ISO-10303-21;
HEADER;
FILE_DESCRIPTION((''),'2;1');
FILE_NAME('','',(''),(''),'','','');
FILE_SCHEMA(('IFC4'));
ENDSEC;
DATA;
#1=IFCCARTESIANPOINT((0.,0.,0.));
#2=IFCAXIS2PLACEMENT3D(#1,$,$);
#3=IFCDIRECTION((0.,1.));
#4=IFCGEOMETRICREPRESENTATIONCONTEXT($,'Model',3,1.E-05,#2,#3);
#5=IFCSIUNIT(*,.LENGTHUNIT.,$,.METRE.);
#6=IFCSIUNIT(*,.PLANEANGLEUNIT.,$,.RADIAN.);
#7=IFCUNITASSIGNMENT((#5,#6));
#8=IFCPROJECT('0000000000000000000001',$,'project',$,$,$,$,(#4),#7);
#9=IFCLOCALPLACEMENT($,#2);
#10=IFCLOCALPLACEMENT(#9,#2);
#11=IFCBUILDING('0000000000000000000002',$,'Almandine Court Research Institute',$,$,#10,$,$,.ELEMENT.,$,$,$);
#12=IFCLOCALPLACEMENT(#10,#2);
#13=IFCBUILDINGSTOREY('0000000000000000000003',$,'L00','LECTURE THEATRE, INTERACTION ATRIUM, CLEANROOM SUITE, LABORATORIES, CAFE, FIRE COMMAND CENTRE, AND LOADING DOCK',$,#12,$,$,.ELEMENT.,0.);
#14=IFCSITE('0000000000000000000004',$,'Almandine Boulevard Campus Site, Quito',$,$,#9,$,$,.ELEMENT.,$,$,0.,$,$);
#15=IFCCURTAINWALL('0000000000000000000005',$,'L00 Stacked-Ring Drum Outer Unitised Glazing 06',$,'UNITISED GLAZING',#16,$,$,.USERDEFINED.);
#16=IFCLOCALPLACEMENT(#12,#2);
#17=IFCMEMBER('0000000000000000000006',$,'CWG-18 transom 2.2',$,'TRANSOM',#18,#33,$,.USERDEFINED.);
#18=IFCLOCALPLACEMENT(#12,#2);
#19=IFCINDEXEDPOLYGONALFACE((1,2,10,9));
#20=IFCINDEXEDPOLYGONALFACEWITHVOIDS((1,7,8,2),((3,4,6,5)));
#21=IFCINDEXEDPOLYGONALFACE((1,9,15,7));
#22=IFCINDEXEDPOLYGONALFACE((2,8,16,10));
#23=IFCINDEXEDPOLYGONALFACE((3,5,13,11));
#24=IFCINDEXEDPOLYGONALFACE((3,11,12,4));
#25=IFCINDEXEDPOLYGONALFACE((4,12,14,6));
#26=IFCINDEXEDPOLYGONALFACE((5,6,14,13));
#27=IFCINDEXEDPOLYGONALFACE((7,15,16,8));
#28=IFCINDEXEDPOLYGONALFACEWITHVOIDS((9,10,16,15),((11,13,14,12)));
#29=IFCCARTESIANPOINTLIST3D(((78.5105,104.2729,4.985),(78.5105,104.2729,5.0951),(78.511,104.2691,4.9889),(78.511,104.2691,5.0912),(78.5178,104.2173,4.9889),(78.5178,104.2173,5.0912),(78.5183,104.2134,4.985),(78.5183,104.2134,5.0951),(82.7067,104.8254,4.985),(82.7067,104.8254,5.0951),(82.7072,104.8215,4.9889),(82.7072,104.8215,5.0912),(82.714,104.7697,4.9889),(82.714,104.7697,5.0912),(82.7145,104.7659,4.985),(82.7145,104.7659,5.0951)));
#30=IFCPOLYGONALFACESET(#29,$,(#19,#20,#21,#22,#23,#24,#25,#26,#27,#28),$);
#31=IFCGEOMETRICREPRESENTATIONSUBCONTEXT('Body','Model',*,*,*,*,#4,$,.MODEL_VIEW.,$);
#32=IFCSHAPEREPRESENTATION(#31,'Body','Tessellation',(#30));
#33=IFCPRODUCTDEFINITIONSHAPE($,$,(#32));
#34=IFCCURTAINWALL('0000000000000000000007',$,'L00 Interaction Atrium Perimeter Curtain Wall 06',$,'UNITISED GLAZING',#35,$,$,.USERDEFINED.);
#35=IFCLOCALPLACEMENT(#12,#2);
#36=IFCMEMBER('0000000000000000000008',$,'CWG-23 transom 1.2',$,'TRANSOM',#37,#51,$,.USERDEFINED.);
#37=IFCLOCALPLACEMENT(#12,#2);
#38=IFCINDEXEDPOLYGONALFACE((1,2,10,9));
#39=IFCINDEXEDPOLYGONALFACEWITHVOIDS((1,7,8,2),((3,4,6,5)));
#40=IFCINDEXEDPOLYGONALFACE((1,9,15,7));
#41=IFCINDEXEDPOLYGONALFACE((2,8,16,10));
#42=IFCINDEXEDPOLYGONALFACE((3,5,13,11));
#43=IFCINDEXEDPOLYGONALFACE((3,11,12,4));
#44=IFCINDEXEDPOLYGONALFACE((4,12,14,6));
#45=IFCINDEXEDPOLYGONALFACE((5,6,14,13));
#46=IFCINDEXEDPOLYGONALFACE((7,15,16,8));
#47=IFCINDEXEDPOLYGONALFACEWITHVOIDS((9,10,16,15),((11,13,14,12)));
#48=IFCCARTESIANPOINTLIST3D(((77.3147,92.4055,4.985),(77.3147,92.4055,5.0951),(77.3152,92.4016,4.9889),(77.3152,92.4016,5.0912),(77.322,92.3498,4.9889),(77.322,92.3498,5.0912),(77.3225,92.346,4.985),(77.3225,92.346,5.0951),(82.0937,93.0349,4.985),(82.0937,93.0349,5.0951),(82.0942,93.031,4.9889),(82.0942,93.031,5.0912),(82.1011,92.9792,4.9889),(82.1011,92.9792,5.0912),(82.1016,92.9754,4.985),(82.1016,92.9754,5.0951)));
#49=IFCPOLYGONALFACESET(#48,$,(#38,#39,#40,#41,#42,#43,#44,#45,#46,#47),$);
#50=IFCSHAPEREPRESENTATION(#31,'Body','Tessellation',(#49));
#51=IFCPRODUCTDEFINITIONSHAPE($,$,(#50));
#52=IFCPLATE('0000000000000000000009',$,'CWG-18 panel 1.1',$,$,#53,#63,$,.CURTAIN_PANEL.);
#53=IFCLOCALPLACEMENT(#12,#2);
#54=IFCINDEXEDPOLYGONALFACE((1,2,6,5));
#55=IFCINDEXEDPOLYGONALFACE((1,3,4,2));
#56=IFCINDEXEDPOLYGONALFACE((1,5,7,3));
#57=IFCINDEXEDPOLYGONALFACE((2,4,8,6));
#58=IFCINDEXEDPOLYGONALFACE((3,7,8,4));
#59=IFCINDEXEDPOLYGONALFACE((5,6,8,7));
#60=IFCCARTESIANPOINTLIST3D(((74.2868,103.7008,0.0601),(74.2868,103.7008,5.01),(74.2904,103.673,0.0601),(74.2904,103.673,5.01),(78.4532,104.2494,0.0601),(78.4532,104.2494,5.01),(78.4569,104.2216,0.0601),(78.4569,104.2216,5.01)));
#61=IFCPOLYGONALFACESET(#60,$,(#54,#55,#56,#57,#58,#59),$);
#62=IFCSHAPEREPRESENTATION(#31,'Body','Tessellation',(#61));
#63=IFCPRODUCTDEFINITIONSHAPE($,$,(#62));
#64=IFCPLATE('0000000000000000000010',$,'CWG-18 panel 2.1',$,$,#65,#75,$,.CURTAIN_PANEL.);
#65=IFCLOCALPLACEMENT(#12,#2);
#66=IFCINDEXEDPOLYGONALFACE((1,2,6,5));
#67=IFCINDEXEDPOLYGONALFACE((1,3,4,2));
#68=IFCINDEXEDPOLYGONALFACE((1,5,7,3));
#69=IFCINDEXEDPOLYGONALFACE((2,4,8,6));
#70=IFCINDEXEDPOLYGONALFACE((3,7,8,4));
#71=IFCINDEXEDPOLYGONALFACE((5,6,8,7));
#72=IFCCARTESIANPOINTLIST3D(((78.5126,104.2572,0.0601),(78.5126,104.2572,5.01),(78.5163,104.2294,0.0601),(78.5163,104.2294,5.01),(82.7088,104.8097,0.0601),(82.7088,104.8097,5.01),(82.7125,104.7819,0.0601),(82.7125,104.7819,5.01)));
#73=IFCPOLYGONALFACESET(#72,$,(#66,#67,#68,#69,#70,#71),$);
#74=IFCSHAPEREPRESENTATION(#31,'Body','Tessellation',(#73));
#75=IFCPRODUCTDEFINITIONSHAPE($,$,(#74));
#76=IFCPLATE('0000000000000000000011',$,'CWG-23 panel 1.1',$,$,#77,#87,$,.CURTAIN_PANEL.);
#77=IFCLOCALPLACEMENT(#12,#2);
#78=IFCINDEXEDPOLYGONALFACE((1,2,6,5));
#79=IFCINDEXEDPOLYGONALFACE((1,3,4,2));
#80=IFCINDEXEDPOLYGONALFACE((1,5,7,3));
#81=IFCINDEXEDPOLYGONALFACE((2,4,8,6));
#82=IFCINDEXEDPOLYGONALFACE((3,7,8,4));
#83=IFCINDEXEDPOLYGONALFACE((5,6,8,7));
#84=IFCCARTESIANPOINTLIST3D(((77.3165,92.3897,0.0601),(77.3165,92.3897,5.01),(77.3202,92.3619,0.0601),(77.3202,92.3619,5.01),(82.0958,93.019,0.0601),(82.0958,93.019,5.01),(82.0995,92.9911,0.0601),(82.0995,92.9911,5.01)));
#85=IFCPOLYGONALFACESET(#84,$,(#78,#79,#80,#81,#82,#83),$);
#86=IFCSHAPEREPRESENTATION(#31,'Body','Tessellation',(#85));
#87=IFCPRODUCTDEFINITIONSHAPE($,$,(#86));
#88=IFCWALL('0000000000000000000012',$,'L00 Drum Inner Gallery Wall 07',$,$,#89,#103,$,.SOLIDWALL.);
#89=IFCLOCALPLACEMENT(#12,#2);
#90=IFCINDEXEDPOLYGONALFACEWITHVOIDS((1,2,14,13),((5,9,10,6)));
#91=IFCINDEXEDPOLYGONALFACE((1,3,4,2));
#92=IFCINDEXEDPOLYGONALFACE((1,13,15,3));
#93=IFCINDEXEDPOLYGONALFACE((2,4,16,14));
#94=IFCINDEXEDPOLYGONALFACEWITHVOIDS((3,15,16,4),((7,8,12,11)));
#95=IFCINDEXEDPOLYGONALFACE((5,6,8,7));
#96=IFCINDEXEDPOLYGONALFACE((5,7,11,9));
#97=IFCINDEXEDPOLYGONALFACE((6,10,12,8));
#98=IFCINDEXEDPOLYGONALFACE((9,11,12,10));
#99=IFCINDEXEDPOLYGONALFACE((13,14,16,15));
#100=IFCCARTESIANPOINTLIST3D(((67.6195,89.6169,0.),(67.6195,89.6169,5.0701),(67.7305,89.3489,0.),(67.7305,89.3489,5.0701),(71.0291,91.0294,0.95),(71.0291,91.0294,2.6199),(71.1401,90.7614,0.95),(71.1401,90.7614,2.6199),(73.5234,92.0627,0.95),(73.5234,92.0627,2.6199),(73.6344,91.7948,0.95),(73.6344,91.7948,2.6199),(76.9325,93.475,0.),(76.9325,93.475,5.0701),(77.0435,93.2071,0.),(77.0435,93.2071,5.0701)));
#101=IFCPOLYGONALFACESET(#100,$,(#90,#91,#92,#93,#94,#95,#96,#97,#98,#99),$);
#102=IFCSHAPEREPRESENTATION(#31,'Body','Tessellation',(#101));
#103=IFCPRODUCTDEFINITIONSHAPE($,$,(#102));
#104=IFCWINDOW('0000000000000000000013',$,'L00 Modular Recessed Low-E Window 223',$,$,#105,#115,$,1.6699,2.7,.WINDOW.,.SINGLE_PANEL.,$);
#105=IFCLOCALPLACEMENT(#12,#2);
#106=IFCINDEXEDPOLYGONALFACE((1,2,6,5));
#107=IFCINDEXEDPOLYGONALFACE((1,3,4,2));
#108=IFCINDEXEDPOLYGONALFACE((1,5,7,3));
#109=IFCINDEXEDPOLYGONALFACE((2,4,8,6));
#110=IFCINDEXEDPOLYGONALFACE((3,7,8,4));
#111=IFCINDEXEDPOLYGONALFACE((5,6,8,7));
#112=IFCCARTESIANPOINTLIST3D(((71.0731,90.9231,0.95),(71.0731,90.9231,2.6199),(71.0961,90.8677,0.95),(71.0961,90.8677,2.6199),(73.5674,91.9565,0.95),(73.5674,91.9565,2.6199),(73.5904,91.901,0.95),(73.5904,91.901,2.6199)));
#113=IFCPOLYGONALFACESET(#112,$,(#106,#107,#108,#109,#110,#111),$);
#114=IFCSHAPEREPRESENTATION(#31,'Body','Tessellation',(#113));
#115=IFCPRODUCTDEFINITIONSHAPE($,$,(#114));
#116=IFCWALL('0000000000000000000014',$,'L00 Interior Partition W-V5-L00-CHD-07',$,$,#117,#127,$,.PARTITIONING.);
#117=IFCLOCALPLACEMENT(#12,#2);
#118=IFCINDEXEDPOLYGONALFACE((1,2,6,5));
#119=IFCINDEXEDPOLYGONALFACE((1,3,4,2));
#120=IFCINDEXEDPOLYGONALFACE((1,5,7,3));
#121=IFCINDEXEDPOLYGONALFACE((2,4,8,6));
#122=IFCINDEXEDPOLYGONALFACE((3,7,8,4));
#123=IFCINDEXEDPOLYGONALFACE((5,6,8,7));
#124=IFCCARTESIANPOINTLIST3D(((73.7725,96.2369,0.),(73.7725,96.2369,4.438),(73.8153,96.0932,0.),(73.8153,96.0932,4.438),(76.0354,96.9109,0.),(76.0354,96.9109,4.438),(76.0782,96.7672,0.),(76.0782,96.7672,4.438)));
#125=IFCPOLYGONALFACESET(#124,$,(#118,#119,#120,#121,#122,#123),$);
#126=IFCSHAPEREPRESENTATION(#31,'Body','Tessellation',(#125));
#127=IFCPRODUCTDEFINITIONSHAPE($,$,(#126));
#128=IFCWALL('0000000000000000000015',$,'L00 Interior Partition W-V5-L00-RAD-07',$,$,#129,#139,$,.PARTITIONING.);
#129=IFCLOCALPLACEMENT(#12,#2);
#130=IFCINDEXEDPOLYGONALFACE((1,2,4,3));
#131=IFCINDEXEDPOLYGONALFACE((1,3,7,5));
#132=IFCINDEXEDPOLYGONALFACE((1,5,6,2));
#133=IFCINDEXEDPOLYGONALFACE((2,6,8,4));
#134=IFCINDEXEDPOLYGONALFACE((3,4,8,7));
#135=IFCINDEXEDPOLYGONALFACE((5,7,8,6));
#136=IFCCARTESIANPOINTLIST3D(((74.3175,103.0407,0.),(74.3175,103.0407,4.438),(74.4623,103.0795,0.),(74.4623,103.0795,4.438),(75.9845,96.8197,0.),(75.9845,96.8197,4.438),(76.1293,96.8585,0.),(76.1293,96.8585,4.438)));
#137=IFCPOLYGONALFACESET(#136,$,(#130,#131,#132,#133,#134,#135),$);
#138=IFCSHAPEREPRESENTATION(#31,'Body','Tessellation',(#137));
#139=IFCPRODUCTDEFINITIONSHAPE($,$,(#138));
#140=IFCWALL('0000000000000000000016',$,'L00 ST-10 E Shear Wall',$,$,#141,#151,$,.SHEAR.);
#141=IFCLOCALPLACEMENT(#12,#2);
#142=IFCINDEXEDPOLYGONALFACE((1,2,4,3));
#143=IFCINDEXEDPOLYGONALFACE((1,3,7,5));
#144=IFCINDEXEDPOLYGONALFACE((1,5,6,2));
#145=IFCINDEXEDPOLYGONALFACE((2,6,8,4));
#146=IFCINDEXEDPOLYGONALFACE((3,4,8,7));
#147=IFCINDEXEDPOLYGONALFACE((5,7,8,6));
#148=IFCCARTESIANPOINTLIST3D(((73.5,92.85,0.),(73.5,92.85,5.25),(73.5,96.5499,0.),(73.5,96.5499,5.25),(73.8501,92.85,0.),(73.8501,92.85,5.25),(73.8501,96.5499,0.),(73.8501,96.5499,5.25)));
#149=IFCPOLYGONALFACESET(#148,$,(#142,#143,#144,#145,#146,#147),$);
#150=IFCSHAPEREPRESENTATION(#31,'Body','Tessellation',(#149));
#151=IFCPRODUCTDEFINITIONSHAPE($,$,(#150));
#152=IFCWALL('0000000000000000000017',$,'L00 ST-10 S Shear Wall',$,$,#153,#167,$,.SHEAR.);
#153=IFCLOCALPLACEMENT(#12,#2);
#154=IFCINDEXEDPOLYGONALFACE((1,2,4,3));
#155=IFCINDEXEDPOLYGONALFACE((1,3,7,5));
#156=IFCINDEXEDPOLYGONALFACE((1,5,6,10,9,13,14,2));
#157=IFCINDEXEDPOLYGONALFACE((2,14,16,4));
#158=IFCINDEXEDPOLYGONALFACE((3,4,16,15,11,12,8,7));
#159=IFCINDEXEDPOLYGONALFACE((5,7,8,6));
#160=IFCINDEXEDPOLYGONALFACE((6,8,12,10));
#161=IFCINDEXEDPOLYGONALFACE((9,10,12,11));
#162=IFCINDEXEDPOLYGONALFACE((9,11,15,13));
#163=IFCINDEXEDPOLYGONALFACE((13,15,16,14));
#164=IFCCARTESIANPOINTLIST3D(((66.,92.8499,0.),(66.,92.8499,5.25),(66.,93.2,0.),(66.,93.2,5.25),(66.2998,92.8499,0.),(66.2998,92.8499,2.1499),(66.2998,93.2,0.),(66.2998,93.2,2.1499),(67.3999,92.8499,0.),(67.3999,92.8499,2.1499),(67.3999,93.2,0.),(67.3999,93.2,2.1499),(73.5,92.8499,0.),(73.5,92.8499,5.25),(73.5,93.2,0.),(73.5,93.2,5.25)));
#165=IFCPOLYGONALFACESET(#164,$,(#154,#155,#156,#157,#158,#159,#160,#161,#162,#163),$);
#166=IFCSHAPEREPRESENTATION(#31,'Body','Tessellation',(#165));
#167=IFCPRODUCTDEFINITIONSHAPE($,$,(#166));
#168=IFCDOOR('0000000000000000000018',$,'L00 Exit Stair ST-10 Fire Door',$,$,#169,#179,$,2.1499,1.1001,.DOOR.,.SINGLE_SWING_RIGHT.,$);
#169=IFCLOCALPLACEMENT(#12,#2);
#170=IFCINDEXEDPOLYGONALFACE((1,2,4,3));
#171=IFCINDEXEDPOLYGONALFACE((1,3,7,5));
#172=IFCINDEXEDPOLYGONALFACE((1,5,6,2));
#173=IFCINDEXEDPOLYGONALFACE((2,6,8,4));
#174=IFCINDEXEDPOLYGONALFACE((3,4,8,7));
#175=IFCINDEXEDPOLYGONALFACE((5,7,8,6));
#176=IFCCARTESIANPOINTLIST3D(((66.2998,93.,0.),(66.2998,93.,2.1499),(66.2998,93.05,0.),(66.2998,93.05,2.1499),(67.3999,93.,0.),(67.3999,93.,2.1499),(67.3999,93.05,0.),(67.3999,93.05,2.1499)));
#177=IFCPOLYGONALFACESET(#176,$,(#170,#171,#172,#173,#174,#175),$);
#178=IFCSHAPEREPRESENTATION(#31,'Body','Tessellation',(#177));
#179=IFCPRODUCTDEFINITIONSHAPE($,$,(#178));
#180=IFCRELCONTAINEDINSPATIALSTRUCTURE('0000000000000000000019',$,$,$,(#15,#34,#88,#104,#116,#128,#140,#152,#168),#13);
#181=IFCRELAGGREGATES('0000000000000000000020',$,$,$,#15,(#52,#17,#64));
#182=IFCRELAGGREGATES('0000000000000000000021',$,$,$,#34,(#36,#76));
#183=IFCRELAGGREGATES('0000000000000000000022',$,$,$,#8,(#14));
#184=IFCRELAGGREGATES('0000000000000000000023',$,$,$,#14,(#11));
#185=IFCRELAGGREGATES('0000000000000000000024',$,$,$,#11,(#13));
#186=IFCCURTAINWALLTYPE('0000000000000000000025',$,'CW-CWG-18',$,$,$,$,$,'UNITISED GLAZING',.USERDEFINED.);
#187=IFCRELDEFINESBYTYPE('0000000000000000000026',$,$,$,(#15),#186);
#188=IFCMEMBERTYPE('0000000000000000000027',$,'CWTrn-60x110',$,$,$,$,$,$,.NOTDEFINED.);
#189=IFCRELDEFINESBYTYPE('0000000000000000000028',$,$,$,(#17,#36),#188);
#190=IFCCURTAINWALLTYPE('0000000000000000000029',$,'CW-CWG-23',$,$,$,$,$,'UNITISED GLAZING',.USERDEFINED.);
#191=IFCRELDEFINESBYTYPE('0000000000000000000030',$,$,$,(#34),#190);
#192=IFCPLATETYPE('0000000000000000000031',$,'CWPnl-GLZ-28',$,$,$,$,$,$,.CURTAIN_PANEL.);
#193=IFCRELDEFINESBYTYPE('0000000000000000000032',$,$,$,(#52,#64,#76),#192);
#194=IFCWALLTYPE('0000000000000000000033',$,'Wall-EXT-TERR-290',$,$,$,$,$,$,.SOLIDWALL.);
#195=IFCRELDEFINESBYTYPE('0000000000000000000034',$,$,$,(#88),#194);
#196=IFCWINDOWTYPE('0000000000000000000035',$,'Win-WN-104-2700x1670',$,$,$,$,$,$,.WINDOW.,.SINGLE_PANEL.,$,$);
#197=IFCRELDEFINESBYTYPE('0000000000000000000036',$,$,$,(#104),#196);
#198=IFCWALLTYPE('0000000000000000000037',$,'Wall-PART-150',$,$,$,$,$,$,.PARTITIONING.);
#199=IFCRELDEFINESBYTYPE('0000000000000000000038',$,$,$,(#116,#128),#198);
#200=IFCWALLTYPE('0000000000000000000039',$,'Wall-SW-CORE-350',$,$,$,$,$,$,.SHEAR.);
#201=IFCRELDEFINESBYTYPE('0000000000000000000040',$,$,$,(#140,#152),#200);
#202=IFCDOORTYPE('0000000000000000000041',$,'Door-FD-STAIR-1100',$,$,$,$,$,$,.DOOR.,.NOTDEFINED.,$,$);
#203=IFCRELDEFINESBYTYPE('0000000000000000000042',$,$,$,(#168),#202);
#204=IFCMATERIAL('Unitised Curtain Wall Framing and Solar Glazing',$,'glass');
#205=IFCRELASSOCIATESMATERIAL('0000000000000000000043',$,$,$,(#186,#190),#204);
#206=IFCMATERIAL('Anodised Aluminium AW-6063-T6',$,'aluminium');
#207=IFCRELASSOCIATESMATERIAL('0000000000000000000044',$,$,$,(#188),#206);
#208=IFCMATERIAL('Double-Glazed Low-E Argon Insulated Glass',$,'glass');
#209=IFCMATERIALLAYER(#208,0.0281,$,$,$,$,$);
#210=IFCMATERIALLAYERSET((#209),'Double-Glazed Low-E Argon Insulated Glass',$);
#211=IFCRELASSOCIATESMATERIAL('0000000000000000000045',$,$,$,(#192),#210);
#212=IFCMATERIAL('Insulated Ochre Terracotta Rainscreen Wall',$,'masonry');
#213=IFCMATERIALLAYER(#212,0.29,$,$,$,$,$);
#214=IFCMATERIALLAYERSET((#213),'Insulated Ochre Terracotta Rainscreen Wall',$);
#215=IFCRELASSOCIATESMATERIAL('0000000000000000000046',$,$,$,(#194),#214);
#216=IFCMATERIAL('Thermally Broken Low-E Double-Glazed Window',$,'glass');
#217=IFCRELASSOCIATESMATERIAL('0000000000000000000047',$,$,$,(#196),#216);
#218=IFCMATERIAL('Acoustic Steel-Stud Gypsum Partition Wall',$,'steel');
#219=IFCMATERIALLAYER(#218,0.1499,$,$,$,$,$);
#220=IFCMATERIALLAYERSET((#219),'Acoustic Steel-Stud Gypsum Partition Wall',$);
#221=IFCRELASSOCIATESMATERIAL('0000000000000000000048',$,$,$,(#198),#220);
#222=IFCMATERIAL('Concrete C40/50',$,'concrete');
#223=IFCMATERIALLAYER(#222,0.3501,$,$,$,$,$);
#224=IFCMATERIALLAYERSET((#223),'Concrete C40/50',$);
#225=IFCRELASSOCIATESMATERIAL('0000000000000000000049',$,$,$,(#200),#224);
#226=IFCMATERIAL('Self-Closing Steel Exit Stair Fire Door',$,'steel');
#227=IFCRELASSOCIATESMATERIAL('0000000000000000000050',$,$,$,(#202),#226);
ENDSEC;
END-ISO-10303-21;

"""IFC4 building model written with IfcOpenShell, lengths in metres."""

from ifc_helpers import new_model, si_unit, direction, frame, frame_2d, origin, origin_2d, place, context, subcontext, project, spatial, rectangle, hollow_rectangle, extrude, material, layer, layer_set, material_profile, profile_set, type_object, element, fill, aggregate, save


model = new_model("IFC4")

# Units and contexts
model_context = context("Model", 3, precision=1e-05, world=origin(), true_north=direction((0.0, 1.0)))
body_context = subcontext(model_context, "Body", "Model", "MODEL_VIEW")
ifc_project = project(units=[si_unit("LENGTHUNIT", "METRE"), si_unit("PLANEANGLEUNIT", "RADIAN")], contexts=[model_context])

# Site, building, storey
site_placement = place(None, origin())
site = spatial("IfcSite", under=ifc_project, at=site_placement, Name="Almandine Boulevard Campus Site, Quito", CompositionType="ELEMENT", RefElevation=0.0)
building_placement = place(site_placement, origin())
building = spatial("IfcBuilding", under=site, at=building_placement, Name="Almandine Court Research Institute", CompositionType="ELEMENT")
storey_placement = place(building_placement, origin())
storey = spatial("IfcBuildingStorey", under=building, at=storey_placement, Name="L00", Description="LECTURE THEATRE, INTERACTION ATRIUM, CLEANROOM SUITE, LABORATORIES, CAFE, FIRE COMMAND CENTRE, AND LOADING DOCK", CompositionType="ELEMENT", Elevation=0.0)

# Curtain wall, member
ifc_material_1 = material(Name="Unitised Curtain Wall Framing and Solar Glazing", Category="glass")
curtain_wall_type_1 = type_object("IfcCurtainWallType", Name="CW-CWG-18", ElementType="UNITISED GLAZING", PredefinedType="USERDEFINED", material=ifc_material_1)
curtain_wall_1_placement = place(storey_placement, origin())
curtain_wall_1 = element("IfcCurtainWall", 1, at=curtain_wall_1_placement, inside=storey, type_object=curtain_wall_type_1, Name="L00 Stacked-Ring Drum Outer Unitised Glazing 06", ObjectType="UNITISED GLAZING", PredefinedType="USERDEFINED")
ifc_material_2 = material(Name="Anodised Aluminium AW-6063-T6", Category="aluminium")
ifc_material_profile_1 = material_profile(ifc_material_2, hollow_rectangle(XDim=0.0601, YDim=0.1101, WallThickness=0.0039, at=origin_2d()), Name="ALU RHS 60x110x4")
ifc_profile_set_1 = profile_set([ifc_material_profile_1], Name="Anodised Aluminium AW-6063-T6")
member_type_1 = type_object("IfcMemberType", Name="CWTrn-60x110", PredefinedType="NOTDEFINED", material=ifc_profile_set_1)
member_1_placement = place(storey_placement, frame((78.5144, 104.2432, 5.04), z_axis=(0.991444, 0.130535, 0.0), x_axis=(-0.130535, 0.991444, 0.0)))
member_1 = element("IfcMember", 2, at=member_1_placement, type_object=member_type_1, Name="CWG-18 transom 2.2", ObjectType="TRANSOM", PredefinedType="USERDEFINED", context=body_context, shape_type="SweptSolid", body=[
    extrude(hollow_rectangle(XDim=0.0601, YDim=0.1101, WallThickness=0.0039, at=origin_2d()), origin(), (0.0, 0.0, 1.0), 4.2324),
])

# Curtain wall, member
curtain_wall_type_2 = type_object("IfcCurtainWallType", Name="CW-CWG-23", ElementType="UNITISED GLAZING", PredefinedType="USERDEFINED", material=ifc_material_1)
curtain_wall_2_placement = place(storey_placement, origin())
curtain_wall_2 = element("IfcCurtainWall", 3, at=curtain_wall_2_placement, inside=storey, type_object=curtain_wall_type_2, Name="L00 Interaction Atrium Perimeter Curtain Wall 06", ObjectType="UNITISED GLAZING", PredefinedType="USERDEFINED")
member_2_placement = place(storey_placement, frame((77.3186, 92.3757, 5.04), z_axis=(0.991439, 0.130571, 0.0), x_axis=(-0.130571, 0.991439, 0.0)))
member_2 = element("IfcMember", 4, at=member_2_placement, type_object=member_type_1, Name="CWG-23 transom 1.2", ObjectType="TRANSOM", PredefinedType="USERDEFINED", context=body_context, shape_type="SweptSolid", body=[
    extrude(hollow_rectangle(XDim=0.0601, YDim=0.1101, WallThickness=0.0039, at=origin_2d()), origin(), (0.0, 0.0, 1.0), 4.8203),
])

# Plates
ifc_material_3 = material(Name="Double-Glazed Low-E Argon Insulated Glass", Category="glass")
ifc_layer_1 = layer(ifc_material_3, 0.0281)
ifc_layer_set_1 = layer_set([ifc_layer_1], Name="Double-Glazed Low-E Argon Insulated Glass")
plate_type = type_object("IfcPlateType", Name="CWPnl-GLZ-28", PredefinedType="CURTAIN_PANEL", material=ifc_layer_set_1)
plate_1_placement = place(storey_placement, frame((76.3718, 103.9612, 0.0601), z_axis=(0.0, 0.0, 1.0), x_axis=(0.991443, 0.130541, 0.0)))
plate_1 = element("IfcPlate", 5, at=plate_1_placement, type_object=plate_type, Name="CWG-18 panel 1.1", PredefinedType="CURTAIN_PANEL", context=body_context, shape_type="SweptSolid", body=[
    extrude(rectangle(XDim=4.2024, YDim=0.0281, at=origin_2d()), origin(), (0.0, 0.0, 1.0), 4.95),
])
plate_2_placement = place(storey_placement, frame((80.6125, 104.5195, 0.0601), z_axis=(0.0, 0.0, 1.0), x_axis=(0.991443, 0.130541, 0.0)))
plate_2 = element("IfcPlate", 6, at=plate_2_placement, type_object=plate_type, Name="CWG-18 panel 2.1", PredefinedType="CURTAIN_PANEL", context=body_context, shape_type="SweptSolid", body=[
    extrude(rectangle(XDim=4.2324, YDim=0.0281, at=origin_2d()), origin(), (0.0, 0.0, 1.0), 4.95),
])
aggregate(curtain_wall_1, [plate_1, member_1, plate_2])
plate_3_placement = place(storey_placement, frame((79.708, 92.6904, 0.0601), z_axis=(0.0, 0.0, 1.0), x_axis=(0.991444, 0.130536, 0.0)))
plate_3 = element("IfcPlate", 7, at=plate_3_placement, type_object=plate_type, Name="CWG-23 panel 1.1", PredefinedType="CURTAIN_PANEL", context=body_context, shape_type="SweptSolid", body=[
    extrude(rectangle(XDim=4.8206, YDim=0.0281, at=origin_2d()), origin(), (0.0, 0.0, 1.0), 4.95),
])
aggregate(curtain_wall_2, [member_2, plate_3])

# Wall, opening, window
ifc_material_4 = material(Name="Insulated Ochre Terracotta Rainscreen Wall", Category="masonry")
ifc_layer_2 = layer(ifc_material_4, 0.29)
ifc_layer_set_2 = layer_set([ifc_layer_2], Name="Insulated Ochre Terracotta Rainscreen Wall")
wall_type_1 = type_object("IfcWallType", Name="Wall-EXT-TERR-290", PredefinedType="SOLIDWALL", material=ifc_layer_set_2)
wall_1_placement = place(storey_placement, frame((76.988, 93.3411, 0.0), z_axis=(0.0, 0.0, 1.0), x_axis=(-0.923859, -0.382733, 0.0)))
wall_1 = element("IfcWall", 8, at=wall_1_placement, inside=storey, type_object=wall_type_1, Name="L00 Drum Inner Gallery Wall 07", PredefinedType="SOLIDWALL", context=body_context, shape_type="SweptSolid", body=[
    extrude(rectangle(XDim=10.0806, YDim=0.29, at=frame_2d((5.0403, 0.0))), origin(), (0.0, 0.0, 1.0), 5.0701),
])
opening_1_placement = place(wall_1_placement, frame((3.6899, 0.0, 0.95)))
opening_1 = element("IfcOpeningElement", 9, at=opening_1_placement, cuts=wall_1, PredefinedType="OPENING", context=body_context, shape_type="SweptSolid", body=[
    extrude(rectangle(XDim=2.7, YDim=1.6699, at=frame_2d((1.3501, 0.835))), frame((0.0, 0.155, 0.0), z_axis=(0.0, -1.0, 0.0), x_axis=(1.0, 0.0, 0.0)), (0.0, 0.0, 1.0), 0.3101),
])
ifc_material_5 = material(Name="Thermally Broken Low-E Double-Glazed Window", Category="glass")
window_type = type_object("IfcWindowType", Name="Win-WN-104-2700x1670", PartitioningType="SINGLE_PANEL", PredefinedType="WINDOW", material=ifc_material_5)
window_placement = place(opening_1_placement, origin())
window = element("IfcWindow", 10, at=window_placement, inside=storey, type_object=window_type, Name="L00 Modular Recessed Low-E Window 223", OverallHeight=1.6699, OverallWidth=2.7, PartitioningType="SINGLE_PANEL", PredefinedType="WINDOW", context=body_context, shape_type="SweptSolid", body=[
    extrude(rectangle(XDim=2.7, YDim=1.6699, at=frame_2d((1.3501, 0.835))), frame((0.0, 0.03, 0.0), z_axis=(0.0, -1.0, 0.0), x_axis=(1.0, 0.0, 0.0)), (0.0, 0.0, 1.0), 0.0601),
])
fill(opening_1, window)

# Walls
ifc_material_6 = material(Name="Acoustic Steel-Stud Gypsum Partition Wall", Category="steel")
ifc_layer_3 = layer(ifc_material_6, 0.1499)
ifc_layer_set_3 = layer_set([ifc_layer_3], Name="Acoustic Steel-Stud Gypsum Partition Wall")
wall_type_2 = type_object("IfcWallType", Name="Wall-PART-150", PredefinedType="PARTITIONING", material=ifc_layer_set_3)
wall_2_placement = place(storey_placement, frame((76.0569, 96.8391, 0.0), z_axis=(0.0, 0.0, 1.0), x_axis=(-0.958385, -0.285479, 0.0)))
element("IfcWall", 11, at=wall_2_placement, inside=storey, type_object=wall_type_2, Name="L00 Interior Partition W-V5-L00-CHD-07", PredefinedType="PARTITIONING", context=body_context, shape_type="SweptSolid", body=[
    extrude(rectangle(XDim=2.3611, YDim=0.1499, at=frame_2d((1.1807, 0.0))), origin(), (0.0, 0.0, 1.0), 4.438),
])
wall_3_placement = place(storey_placement, frame((76.0569, 96.8391, 0.0), z_axis=(0.0, 0.0, 1.0), x_axis=(-0.258833, 0.965922, 0.0)))
element("IfcWall", 12, at=wall_3_placement, inside=storey, type_object=wall_type_2, Name="L00 Interior Partition W-V5-L00-RAD-07", PredefinedType="PARTITIONING", context=body_context, shape_type="SweptSolid", body=[
    extrude(rectangle(XDim=6.4404, YDim=0.1499, at=frame_2d((3.2202, 0.0))), origin(), (0.0, 0.0, 1.0), 4.438),
])
ifc_material_7 = material(Name="Concrete C40/50", Category="concrete")
ifc_layer_4 = layer(ifc_material_7, 0.3501)
ifc_layer_set_4 = layer_set([ifc_layer_4], Name="Concrete C40/50")
wall_type_3 = type_object("IfcWallType", Name="Wall-SW-CORE-350", PredefinedType="SHEAR", material=ifc_layer_set_4)
wall_4_placement = place(storey_placement, frame((73.675, 96.55, 0.0), z_axis=(0.0, 0.0, 1.0), x_axis=(0.0, -1.0, 0.0)))
element("IfcWall", 13, at=wall_4_placement, inside=storey, type_object=wall_type_3, Name="L00 ST-10 E Shear Wall", PredefinedType="SHEAR", context=body_context, shape_type="SweptSolid", body=[
    extrude(rectangle(XDim=3.7, YDim=0.3501, at=frame_2d((1.8501, 0.0))), origin(), (0.0, 0.0, 1.0), 5.25),
])

# Wall, opening, door
wall_5_placement = place(storey_placement, frame((73.5, 93.0249, 0.0), z_axis=(0.0, 0.0, 1.0), x_axis=(-1.0, 0.0, 0.0)))
wall_5 = element("IfcWall", 14, at=wall_5_placement, inside=storey, type_object=wall_type_3, Name="L00 ST-10 S Shear Wall", PredefinedType="SHEAR", context=body_context, shape_type="SweptSolid", body=[
    extrude(rectangle(XDim=7.5, YDim=0.3501, at=frame_2d((3.75, 0.0))), origin(), (0.0, 0.0, 1.0), 5.25),
])
opening_2_placement = place(wall_5_placement, frame((6.1001, 0.0, 0.0)))
opening_2 = element("IfcOpeningElement", 15, at=opening_2_placement, cuts=wall_5, PredefinedType="OPENING", context=body_context, shape_type="SweptSolid", body=[
    extrude(rectangle(XDim=1.1001, YDim=2.1499, at=frame_2d((0.55, 1.075))), frame((0.0, 0.1851, 0.0), z_axis=(0.0, -1.0, 0.0), x_axis=(1.0, 0.0, 0.0)), (0.0, 0.0, 1.0), 0.3701),
])
ifc_material_8 = material(Name="Self-Closing Steel Exit Stair Fire Door", Category="steel")
door_type = type_object("IfcDoorType", Name="Door-FD-STAIR-1100", OperationType="NOTDEFINED", PredefinedType="DOOR", material=ifc_material_8)
door_placement = place(opening_2_placement, origin())
door = element("IfcDoor", 16, at=door_placement, inside=storey, type_object=door_type, Name="L00 Exit Stair ST-10 Fire Door", OperationType="SINGLE_SWING_RIGHT", OverallHeight=2.1499, OverallWidth=1.1001, PredefinedType="DOOR", context=body_context, shape_type="SweptSolid", body=[
    extrude(rectangle(XDim=1.1001, YDim=2.1499, at=frame_2d((0.55, 1.075))), frame((0.0, 0.0249, 0.0), z_axis=(0.0, -1.0, 0.0), x_axis=(1.0, 0.0, 0.0)), (0.0, 0.0, 1.0), 0.05),
])
fill(opening_2, door)

save(model, "model.ifc")
